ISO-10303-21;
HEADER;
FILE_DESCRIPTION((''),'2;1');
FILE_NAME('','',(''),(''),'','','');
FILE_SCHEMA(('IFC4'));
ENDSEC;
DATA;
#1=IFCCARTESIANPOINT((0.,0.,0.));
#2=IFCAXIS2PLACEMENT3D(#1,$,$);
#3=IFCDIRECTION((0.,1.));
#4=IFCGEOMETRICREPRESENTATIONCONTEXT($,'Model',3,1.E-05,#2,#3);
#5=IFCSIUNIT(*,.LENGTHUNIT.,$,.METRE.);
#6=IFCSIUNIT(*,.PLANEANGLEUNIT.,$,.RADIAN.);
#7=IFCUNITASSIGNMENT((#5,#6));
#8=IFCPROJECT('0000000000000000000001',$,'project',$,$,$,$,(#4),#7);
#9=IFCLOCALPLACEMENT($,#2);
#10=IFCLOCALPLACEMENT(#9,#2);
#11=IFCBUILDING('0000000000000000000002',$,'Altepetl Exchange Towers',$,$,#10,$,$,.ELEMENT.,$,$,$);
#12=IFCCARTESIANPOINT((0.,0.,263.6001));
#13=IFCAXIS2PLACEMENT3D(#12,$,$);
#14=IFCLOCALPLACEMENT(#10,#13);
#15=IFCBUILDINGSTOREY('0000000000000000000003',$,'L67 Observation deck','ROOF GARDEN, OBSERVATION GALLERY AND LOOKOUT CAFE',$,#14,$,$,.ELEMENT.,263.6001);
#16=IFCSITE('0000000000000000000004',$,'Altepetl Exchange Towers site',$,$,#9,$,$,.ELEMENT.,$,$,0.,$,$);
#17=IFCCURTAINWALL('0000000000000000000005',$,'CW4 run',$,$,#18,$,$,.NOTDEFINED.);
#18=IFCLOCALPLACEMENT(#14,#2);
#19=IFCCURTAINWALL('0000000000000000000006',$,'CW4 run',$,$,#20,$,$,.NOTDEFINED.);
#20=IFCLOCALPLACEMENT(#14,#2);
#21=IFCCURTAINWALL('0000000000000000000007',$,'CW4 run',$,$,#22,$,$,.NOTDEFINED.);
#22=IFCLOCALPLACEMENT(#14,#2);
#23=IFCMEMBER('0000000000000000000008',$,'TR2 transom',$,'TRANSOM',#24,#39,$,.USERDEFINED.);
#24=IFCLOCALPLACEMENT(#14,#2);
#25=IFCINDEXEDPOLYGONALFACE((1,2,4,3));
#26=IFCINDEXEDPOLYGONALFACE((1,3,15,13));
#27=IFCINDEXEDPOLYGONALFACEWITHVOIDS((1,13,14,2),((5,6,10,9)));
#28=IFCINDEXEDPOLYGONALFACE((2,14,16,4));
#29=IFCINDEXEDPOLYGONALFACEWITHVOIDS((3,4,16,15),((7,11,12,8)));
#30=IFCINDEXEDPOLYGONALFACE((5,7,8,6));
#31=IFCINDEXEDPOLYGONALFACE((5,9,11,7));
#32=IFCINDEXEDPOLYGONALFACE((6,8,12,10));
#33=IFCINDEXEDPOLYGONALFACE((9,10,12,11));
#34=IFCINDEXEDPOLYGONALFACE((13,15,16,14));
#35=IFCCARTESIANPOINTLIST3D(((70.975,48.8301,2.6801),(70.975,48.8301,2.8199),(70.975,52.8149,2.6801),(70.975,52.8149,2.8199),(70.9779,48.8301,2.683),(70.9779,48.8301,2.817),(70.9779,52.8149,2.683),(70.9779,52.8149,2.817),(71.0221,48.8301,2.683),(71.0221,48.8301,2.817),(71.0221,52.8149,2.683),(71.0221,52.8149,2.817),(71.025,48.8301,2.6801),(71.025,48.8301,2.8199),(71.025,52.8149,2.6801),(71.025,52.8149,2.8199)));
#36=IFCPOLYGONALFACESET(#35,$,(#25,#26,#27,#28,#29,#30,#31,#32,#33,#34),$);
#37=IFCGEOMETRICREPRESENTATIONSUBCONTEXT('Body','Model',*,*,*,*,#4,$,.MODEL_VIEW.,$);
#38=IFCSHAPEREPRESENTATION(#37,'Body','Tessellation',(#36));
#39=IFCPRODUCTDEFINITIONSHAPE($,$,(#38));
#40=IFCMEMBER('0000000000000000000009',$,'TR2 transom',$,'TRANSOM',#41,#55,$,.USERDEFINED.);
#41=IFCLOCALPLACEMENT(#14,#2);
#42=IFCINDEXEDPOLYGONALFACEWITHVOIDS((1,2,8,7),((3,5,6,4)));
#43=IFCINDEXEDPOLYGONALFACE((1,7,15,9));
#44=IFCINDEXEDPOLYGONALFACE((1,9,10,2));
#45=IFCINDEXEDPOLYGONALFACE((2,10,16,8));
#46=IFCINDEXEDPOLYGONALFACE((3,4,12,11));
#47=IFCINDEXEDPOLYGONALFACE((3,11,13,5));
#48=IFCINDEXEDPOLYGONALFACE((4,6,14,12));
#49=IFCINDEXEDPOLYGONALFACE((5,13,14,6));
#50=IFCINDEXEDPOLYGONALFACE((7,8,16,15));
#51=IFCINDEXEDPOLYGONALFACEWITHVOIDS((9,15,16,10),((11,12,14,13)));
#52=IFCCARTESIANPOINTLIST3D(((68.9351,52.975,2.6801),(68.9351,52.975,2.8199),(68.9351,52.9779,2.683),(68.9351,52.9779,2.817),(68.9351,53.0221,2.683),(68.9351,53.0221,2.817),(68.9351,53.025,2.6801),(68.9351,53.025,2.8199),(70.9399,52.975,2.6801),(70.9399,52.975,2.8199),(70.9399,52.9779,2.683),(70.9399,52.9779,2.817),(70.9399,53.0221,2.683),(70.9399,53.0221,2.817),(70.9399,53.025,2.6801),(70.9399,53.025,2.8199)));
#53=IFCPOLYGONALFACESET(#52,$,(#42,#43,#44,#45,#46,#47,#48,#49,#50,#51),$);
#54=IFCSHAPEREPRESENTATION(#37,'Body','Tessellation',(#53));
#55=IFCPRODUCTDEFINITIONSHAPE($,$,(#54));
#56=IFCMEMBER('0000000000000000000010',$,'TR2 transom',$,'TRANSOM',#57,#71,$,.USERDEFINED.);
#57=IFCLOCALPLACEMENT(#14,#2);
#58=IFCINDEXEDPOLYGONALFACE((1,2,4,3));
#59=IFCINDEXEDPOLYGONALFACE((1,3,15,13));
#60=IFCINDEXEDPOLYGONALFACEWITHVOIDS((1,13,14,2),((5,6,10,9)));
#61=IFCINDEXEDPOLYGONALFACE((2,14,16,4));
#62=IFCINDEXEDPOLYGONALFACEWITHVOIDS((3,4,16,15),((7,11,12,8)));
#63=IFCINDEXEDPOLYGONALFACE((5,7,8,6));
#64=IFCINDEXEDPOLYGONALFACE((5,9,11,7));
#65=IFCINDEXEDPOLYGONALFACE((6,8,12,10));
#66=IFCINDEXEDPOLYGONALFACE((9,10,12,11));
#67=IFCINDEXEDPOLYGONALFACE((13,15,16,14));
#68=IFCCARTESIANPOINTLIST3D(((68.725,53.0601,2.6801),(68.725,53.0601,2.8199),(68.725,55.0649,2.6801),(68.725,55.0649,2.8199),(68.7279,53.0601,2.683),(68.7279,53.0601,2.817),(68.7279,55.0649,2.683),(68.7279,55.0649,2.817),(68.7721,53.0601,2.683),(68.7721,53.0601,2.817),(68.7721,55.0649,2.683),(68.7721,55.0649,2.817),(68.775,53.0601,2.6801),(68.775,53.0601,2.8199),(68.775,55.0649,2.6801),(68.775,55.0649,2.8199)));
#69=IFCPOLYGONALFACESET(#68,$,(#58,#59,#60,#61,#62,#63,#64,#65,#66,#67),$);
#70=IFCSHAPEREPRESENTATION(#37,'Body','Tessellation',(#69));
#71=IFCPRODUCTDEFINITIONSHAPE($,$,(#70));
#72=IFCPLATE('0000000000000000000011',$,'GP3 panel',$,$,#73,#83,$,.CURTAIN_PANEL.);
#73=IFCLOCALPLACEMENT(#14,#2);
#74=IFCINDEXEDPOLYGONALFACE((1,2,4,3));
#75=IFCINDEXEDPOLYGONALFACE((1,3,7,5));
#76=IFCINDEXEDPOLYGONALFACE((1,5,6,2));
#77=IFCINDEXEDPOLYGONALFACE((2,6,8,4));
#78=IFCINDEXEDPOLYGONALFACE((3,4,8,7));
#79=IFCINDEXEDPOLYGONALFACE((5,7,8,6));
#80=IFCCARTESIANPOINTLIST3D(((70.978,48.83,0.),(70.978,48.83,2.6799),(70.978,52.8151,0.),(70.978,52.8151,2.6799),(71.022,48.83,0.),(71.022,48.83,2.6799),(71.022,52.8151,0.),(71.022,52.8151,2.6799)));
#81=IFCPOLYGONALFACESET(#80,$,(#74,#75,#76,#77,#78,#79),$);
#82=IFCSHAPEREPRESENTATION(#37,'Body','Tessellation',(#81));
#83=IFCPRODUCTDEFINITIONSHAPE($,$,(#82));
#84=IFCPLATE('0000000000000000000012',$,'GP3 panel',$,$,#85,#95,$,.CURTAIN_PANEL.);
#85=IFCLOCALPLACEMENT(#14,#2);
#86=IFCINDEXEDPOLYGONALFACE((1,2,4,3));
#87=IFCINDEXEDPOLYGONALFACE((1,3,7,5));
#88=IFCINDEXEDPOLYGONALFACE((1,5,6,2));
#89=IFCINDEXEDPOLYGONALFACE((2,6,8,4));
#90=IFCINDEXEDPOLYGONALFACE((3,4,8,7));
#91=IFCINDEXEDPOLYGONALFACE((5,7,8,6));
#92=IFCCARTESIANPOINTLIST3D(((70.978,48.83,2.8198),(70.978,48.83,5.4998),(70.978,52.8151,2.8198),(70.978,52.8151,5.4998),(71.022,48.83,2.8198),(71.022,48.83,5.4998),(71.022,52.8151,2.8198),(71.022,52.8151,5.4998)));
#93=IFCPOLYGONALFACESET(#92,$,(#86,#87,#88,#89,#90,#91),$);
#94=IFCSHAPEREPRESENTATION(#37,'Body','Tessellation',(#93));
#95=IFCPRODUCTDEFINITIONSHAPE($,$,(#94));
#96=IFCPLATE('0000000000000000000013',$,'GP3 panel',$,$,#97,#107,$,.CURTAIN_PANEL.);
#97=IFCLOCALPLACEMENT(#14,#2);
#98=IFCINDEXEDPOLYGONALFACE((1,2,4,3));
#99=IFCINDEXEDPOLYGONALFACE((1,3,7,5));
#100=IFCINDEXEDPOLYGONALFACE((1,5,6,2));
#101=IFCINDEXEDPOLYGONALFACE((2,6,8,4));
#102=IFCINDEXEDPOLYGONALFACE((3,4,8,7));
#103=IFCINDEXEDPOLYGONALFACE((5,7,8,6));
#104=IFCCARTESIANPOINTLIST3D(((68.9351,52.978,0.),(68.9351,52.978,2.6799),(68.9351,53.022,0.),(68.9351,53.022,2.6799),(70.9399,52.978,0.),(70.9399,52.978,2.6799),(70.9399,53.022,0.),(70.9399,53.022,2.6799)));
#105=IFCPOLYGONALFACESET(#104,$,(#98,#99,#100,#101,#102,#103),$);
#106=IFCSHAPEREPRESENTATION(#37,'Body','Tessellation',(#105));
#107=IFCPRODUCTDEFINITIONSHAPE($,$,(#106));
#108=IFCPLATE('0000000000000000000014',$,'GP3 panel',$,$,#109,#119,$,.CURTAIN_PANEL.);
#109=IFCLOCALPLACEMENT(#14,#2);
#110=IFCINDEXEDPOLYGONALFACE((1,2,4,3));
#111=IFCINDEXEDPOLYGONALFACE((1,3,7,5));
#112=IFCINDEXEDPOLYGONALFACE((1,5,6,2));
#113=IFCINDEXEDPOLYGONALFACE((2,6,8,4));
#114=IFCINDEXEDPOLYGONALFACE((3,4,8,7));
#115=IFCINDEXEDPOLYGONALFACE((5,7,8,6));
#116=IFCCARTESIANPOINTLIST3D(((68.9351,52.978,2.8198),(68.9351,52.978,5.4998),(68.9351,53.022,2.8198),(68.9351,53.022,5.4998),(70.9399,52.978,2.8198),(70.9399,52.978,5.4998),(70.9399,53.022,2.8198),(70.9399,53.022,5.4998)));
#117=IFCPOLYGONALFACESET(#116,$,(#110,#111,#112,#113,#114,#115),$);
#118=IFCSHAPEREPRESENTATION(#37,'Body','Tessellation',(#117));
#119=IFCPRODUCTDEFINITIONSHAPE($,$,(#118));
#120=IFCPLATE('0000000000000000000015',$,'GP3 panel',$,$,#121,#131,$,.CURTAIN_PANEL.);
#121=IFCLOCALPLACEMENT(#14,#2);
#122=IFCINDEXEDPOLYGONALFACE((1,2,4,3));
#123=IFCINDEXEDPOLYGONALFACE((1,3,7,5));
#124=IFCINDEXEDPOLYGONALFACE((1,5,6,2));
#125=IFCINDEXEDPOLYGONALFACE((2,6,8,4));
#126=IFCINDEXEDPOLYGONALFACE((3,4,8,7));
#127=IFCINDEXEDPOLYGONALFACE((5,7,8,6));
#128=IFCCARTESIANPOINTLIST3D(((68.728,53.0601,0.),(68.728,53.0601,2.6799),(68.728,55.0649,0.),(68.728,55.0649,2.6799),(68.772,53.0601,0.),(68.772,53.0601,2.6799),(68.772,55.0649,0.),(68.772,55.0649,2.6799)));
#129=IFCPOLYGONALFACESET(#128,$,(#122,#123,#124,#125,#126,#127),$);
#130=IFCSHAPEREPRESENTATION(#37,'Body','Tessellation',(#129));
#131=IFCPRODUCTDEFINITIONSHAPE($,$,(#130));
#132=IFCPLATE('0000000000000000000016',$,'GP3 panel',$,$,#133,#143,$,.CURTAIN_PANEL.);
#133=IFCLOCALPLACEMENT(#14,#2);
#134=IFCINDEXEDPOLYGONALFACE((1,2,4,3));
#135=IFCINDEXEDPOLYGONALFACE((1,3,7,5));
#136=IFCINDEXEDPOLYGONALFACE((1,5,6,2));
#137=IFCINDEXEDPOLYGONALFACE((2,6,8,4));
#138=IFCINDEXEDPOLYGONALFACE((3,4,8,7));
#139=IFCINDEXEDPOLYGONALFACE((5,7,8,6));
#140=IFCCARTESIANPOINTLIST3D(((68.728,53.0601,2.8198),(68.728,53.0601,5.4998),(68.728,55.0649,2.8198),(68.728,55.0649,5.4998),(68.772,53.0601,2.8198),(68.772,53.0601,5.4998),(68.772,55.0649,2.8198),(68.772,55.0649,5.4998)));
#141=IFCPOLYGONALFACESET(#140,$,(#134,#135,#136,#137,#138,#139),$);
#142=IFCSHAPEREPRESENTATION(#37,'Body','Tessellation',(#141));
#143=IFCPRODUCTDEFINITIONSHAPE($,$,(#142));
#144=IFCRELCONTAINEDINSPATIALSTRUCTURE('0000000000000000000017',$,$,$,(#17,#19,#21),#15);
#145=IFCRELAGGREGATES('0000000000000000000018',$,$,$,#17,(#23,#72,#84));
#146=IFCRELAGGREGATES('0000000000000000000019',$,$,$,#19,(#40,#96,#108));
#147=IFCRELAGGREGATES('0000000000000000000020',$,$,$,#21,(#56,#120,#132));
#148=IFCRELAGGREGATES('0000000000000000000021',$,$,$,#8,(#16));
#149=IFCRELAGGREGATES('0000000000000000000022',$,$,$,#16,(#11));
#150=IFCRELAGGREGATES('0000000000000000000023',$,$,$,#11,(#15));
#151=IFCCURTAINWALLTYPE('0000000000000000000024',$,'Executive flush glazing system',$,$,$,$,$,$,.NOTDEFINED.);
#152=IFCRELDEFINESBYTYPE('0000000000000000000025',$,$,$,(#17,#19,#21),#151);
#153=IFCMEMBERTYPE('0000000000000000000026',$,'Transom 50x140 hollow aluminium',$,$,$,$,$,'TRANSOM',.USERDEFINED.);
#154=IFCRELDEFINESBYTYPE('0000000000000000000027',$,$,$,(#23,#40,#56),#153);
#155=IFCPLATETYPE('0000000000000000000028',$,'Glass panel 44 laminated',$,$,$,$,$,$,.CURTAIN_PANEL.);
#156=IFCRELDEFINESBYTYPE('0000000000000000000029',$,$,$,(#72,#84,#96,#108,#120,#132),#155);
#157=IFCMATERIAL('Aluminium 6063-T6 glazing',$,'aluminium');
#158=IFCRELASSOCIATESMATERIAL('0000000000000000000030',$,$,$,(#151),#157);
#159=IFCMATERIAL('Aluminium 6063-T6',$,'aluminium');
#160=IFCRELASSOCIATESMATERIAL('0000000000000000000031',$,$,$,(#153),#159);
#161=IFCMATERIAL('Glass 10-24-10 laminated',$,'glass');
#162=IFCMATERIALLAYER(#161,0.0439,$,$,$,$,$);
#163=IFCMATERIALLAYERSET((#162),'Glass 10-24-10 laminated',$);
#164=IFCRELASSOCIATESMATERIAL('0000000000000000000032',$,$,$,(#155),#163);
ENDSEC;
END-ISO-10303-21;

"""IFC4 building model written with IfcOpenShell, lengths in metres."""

from ifc_helpers import new_model, si_unit, direction, frame, origin, origin_2d, place, context, subcontext, project, spatial, rectangle, hollow_rectangle, extrude, material, layer, layer_set, material_profile, profile_set, type_object, element, aggregate, save


model = new_model("IFC4")

# Units and contexts
model_context = context("Model", 3, precision=1e-05, world=origin(), true_north=direction((0.0, 1.0)))
body_context = subcontext(model_context, "Body", "Model", "MODEL_VIEW")
ifc_project = project(units=[si_unit("LENGTHUNIT", "METRE"), si_unit("PLANEANGLEUNIT", "RADIAN")], contexts=[model_context])

# Site, building, storey
site_placement = place(None, origin())
site = spatial("IfcSite", under=ifc_project, at=site_placement, Name="Altepetl Exchange Towers site", CompositionType="ELEMENT", RefElevation=0.0)
building_placement = place(site_placement, origin())
building = spatial("IfcBuilding", under=site, at=building_placement, Name="Altepetl Exchange Towers", CompositionType="ELEMENT")
storey_placement = place(building_placement, frame((0.0, 0.0, 263.6001)))
storey = spatial("IfcBuildingStorey", under=building, at=storey_placement, Name="L67 Observation deck", Description="ROOF GARDEN, OBSERVATION GALLERY AND LOOKOUT CAFE", CompositionType="ELEMENT", Elevation=263.6001)

# Curtain walls
ifc_material_1 = material(Name="Aluminium 6063-T6 glazing", Category="aluminium")
curtain_wall_type = type_object("IfcCurtainWallType", Name="Executive flush glazing system", PredefinedType="NOTDEFINED", material=ifc_material_1)
curtain_wall_1_placement = place(storey_placement, origin())
curtain_wall_1 = element("IfcCurtainWall", 1, at=curtain_wall_1_placement, inside=storey, type_object=curtain_wall_type, Name="CW4 run", PredefinedType="NOTDEFINED")
ifc_material_2 = material(Name="Aluminium 6063-T6", Category="aluminium")
curtain_wall_2_placement = place(storey_placement, origin())
curtain_wall_2 = element("IfcCurtainWall", 2, at=curtain_wall_2_placement, inside=storey, type_object=curtain_wall_type, Name="CW4 run", PredefinedType="NOTDEFINED")
curtain_wall_3_placement = place(storey_placement, origin())
curtain_wall_3 = element("IfcCurtainWall", 3, at=curtain_wall_3_placement, inside=storey, type_object=curtain_wall_type, Name="CW4 run", PredefinedType="NOTDEFINED")

# Members
ifc_material_profile_1 = material_profile(ifc_material_2, hollow_rectangle(XDim=0.05, YDim=0.1399, WallThickness=0.0029, at=origin_2d()), Name="Transom 50x140 hollow aluminium")
ifc_profile_set_1 = profile_set([ifc_material_profile_1], Name="Aluminium 6063-T6")
member_type_1 = type_object("IfcMemberType", Name="Transom 50x140 hollow aluminium", ElementType="TRANSOM", PredefinedType="USERDEFINED", material=ifc_profile_set_1)
member_1_placement = place(storey_placement, frame((71.0, 48.8301, 2.75), z_axis=(0.0, 1.0, 0.0), x_axis=(-1.0, 0.0, 0.0)))
member_1 = element("IfcMember", 4, at=member_1_placement, type_object=member_type_1, Name="TR2 transom", ObjectType="TRANSOM", PredefinedType="USERDEFINED", context=body_context, shape_type="SweptSolid", body=[
    extrude(hollow_rectangle(XDim=0.05, YDim=0.1399, WallThickness=0.0029, at=origin_2d()), origin(), (0.0, 0.0, 1.0), 3.9849),
])
member_2_placement = place(storey_placement, frame((70.9399, 53.0, 2.75), z_axis=(-1.0, 0.0, 0.0), x_axis=(0.0, -1.0, 0.0)))
member_2 = element("IfcMember", 5, at=member_2_placement, type_object=member_type_1, Name="TR2 transom", ObjectType="TRANSOM", PredefinedType="USERDEFINED", context=body_context, shape_type="SweptSolid", body=[
    extrude(hollow_rectangle(XDim=0.05, YDim=0.1399, WallThickness=0.0029, at=origin_2d()), origin(), (0.0, 0.0, 1.0), 2.0049),
])
member_3_placement = place(storey_placement, frame((68.75, 53.0601, 2.75), z_axis=(0.0, 1.0, 0.0), x_axis=(-1.0, 0.0, 0.0)))
member_3 = element("IfcMember", 6, at=member_3_placement, type_object=member_type_1, Name="TR2 transom", ObjectType="TRANSOM", PredefinedType="USERDEFINED", context=body_context, shape_type="SweptSolid", body=[
    extrude(hollow_rectangle(XDim=0.05, YDim=0.1399, WallThickness=0.0029, at=origin_2d()), origin(), (0.0, 0.0, 1.0), 2.0049),
])

# Plates
ifc_material_3 = material(Name="Glass 10-24-10 laminated", Category="glass")
ifc_layer = layer(ifc_material_3, 0.0439)
ifc_layer_set = layer_set([ifc_layer], Name="Glass 10-24-10 laminated")
plate_type = type_object("IfcPlateType", Name="Glass panel 44 laminated", PredefinedType="CURTAIN_PANEL", material=ifc_layer_set)
plate_1_placement = place(storey_placement, frame((71.0, 50.8225, 0.0), z_axis=(0.0, 0.0, 1.0), x_axis=(0.0, 1.0, 0.0)))
plate_1 = element("IfcPlate", 7, at=plate_1_placement, type_object=plate_type, Name="GP3 panel", PredefinedType="CURTAIN_PANEL", context=body_context, shape_type="SweptSolid", body=[
    extrude(rectangle(XDim=3.9851, YDim=0.0439, at=origin_2d()), origin(), (0.0, 0.0, 1.0), 2.6799),
])
plate_2_placement = place(storey_placement, frame((71.0, 50.8225, 2.8198), z_axis=(0.0, 0.0, 1.0), x_axis=(0.0, 1.0, 0.0)))
plate_2 = element("IfcPlate", 8, at=plate_2_placement, type_object=plate_type, Name="GP3 panel", PredefinedType="CURTAIN_PANEL", context=body_context, shape_type="SweptSolid", body=[
    extrude(rectangle(XDim=3.9851, YDim=0.0439, at=origin_2d()), origin(), (0.0, 0.0, 1.0), 2.6799),
])
aggregate(curtain_wall_1, [member_1, plate_1, plate_2])
plate_3_placement = place(storey_placement, frame((69.9375, 53.0, 0.0), z_axis=(0.0, 0.0, 1.0), x_axis=(-1.0, 0.0, 0.0)))
plate_3 = element("IfcPlate", 9, at=plate_3_placement, type_object=plate_type, Name="GP3 panel", PredefinedType="CURTAIN_PANEL", context=body_context, shape_type="SweptSolid", body=[
    extrude(rectangle(XDim=2.0049, YDim=0.0439, at=origin_2d()), origin(), (0.0, 0.0, 1.0), 2.6799),
])
plate_4_placement = place(storey_placement, frame((69.9375, 53.0, 2.8198), z_axis=(0.0, 0.0, 1.0), x_axis=(-1.0, 0.0, 0.0)))
plate_4 = element("IfcPlate", 10, at=plate_4_placement, type_object=plate_type, Name="GP3 panel", PredefinedType="CURTAIN_PANEL", context=body_context, shape_type="SweptSolid", body=[
    extrude(rectangle(XDim=2.0049, YDim=0.0439, at=origin_2d()), origin(), (0.0, 0.0, 1.0), 2.6799),
])
aggregate(curtain_wall_2, [member_2, plate_3, plate_4])
plate_5_placement = place(storey_placement, frame((68.75, 54.0625, 0.0), z_axis=(0.0, 0.0, 1.0), x_axis=(0.0, 1.0, 0.0)))
plate_5 = element("IfcPlate", 11, at=plate_5_placement, type_object=plate_type, Name="GP3 panel", PredefinedType="CURTAIN_PANEL", context=body_context, shape_type="SweptSolid", body=[
    extrude(rectangle(XDim=2.0049, YDim=0.0439, at=origin_2d()), origin(), (0.0, 0.0, 1.0), 2.6799),
])
plate_6_placement = place(storey_placement, frame((68.75, 54.0625, 2.8198), z_axis=(0.0, 0.0, 1.0), x_axis=(0.0, 1.0, 0.0)))
plate_6 = element("IfcPlate", 12, at=plate_6_placement, type_object=plate_type, Name="GP3 panel", PredefinedType="CURTAIN_PANEL", context=body_context, shape_type="SweptSolid", body=[
    extrude(rectangle(XDim=2.0049, YDim=0.0439, at=origin_2d()), origin(), (0.0, 0.0, 1.0), 2.6799),
])
aggregate(curtain_wall_3, [member_3, plate_5, plate_6])

save(model, "model.ifc")
